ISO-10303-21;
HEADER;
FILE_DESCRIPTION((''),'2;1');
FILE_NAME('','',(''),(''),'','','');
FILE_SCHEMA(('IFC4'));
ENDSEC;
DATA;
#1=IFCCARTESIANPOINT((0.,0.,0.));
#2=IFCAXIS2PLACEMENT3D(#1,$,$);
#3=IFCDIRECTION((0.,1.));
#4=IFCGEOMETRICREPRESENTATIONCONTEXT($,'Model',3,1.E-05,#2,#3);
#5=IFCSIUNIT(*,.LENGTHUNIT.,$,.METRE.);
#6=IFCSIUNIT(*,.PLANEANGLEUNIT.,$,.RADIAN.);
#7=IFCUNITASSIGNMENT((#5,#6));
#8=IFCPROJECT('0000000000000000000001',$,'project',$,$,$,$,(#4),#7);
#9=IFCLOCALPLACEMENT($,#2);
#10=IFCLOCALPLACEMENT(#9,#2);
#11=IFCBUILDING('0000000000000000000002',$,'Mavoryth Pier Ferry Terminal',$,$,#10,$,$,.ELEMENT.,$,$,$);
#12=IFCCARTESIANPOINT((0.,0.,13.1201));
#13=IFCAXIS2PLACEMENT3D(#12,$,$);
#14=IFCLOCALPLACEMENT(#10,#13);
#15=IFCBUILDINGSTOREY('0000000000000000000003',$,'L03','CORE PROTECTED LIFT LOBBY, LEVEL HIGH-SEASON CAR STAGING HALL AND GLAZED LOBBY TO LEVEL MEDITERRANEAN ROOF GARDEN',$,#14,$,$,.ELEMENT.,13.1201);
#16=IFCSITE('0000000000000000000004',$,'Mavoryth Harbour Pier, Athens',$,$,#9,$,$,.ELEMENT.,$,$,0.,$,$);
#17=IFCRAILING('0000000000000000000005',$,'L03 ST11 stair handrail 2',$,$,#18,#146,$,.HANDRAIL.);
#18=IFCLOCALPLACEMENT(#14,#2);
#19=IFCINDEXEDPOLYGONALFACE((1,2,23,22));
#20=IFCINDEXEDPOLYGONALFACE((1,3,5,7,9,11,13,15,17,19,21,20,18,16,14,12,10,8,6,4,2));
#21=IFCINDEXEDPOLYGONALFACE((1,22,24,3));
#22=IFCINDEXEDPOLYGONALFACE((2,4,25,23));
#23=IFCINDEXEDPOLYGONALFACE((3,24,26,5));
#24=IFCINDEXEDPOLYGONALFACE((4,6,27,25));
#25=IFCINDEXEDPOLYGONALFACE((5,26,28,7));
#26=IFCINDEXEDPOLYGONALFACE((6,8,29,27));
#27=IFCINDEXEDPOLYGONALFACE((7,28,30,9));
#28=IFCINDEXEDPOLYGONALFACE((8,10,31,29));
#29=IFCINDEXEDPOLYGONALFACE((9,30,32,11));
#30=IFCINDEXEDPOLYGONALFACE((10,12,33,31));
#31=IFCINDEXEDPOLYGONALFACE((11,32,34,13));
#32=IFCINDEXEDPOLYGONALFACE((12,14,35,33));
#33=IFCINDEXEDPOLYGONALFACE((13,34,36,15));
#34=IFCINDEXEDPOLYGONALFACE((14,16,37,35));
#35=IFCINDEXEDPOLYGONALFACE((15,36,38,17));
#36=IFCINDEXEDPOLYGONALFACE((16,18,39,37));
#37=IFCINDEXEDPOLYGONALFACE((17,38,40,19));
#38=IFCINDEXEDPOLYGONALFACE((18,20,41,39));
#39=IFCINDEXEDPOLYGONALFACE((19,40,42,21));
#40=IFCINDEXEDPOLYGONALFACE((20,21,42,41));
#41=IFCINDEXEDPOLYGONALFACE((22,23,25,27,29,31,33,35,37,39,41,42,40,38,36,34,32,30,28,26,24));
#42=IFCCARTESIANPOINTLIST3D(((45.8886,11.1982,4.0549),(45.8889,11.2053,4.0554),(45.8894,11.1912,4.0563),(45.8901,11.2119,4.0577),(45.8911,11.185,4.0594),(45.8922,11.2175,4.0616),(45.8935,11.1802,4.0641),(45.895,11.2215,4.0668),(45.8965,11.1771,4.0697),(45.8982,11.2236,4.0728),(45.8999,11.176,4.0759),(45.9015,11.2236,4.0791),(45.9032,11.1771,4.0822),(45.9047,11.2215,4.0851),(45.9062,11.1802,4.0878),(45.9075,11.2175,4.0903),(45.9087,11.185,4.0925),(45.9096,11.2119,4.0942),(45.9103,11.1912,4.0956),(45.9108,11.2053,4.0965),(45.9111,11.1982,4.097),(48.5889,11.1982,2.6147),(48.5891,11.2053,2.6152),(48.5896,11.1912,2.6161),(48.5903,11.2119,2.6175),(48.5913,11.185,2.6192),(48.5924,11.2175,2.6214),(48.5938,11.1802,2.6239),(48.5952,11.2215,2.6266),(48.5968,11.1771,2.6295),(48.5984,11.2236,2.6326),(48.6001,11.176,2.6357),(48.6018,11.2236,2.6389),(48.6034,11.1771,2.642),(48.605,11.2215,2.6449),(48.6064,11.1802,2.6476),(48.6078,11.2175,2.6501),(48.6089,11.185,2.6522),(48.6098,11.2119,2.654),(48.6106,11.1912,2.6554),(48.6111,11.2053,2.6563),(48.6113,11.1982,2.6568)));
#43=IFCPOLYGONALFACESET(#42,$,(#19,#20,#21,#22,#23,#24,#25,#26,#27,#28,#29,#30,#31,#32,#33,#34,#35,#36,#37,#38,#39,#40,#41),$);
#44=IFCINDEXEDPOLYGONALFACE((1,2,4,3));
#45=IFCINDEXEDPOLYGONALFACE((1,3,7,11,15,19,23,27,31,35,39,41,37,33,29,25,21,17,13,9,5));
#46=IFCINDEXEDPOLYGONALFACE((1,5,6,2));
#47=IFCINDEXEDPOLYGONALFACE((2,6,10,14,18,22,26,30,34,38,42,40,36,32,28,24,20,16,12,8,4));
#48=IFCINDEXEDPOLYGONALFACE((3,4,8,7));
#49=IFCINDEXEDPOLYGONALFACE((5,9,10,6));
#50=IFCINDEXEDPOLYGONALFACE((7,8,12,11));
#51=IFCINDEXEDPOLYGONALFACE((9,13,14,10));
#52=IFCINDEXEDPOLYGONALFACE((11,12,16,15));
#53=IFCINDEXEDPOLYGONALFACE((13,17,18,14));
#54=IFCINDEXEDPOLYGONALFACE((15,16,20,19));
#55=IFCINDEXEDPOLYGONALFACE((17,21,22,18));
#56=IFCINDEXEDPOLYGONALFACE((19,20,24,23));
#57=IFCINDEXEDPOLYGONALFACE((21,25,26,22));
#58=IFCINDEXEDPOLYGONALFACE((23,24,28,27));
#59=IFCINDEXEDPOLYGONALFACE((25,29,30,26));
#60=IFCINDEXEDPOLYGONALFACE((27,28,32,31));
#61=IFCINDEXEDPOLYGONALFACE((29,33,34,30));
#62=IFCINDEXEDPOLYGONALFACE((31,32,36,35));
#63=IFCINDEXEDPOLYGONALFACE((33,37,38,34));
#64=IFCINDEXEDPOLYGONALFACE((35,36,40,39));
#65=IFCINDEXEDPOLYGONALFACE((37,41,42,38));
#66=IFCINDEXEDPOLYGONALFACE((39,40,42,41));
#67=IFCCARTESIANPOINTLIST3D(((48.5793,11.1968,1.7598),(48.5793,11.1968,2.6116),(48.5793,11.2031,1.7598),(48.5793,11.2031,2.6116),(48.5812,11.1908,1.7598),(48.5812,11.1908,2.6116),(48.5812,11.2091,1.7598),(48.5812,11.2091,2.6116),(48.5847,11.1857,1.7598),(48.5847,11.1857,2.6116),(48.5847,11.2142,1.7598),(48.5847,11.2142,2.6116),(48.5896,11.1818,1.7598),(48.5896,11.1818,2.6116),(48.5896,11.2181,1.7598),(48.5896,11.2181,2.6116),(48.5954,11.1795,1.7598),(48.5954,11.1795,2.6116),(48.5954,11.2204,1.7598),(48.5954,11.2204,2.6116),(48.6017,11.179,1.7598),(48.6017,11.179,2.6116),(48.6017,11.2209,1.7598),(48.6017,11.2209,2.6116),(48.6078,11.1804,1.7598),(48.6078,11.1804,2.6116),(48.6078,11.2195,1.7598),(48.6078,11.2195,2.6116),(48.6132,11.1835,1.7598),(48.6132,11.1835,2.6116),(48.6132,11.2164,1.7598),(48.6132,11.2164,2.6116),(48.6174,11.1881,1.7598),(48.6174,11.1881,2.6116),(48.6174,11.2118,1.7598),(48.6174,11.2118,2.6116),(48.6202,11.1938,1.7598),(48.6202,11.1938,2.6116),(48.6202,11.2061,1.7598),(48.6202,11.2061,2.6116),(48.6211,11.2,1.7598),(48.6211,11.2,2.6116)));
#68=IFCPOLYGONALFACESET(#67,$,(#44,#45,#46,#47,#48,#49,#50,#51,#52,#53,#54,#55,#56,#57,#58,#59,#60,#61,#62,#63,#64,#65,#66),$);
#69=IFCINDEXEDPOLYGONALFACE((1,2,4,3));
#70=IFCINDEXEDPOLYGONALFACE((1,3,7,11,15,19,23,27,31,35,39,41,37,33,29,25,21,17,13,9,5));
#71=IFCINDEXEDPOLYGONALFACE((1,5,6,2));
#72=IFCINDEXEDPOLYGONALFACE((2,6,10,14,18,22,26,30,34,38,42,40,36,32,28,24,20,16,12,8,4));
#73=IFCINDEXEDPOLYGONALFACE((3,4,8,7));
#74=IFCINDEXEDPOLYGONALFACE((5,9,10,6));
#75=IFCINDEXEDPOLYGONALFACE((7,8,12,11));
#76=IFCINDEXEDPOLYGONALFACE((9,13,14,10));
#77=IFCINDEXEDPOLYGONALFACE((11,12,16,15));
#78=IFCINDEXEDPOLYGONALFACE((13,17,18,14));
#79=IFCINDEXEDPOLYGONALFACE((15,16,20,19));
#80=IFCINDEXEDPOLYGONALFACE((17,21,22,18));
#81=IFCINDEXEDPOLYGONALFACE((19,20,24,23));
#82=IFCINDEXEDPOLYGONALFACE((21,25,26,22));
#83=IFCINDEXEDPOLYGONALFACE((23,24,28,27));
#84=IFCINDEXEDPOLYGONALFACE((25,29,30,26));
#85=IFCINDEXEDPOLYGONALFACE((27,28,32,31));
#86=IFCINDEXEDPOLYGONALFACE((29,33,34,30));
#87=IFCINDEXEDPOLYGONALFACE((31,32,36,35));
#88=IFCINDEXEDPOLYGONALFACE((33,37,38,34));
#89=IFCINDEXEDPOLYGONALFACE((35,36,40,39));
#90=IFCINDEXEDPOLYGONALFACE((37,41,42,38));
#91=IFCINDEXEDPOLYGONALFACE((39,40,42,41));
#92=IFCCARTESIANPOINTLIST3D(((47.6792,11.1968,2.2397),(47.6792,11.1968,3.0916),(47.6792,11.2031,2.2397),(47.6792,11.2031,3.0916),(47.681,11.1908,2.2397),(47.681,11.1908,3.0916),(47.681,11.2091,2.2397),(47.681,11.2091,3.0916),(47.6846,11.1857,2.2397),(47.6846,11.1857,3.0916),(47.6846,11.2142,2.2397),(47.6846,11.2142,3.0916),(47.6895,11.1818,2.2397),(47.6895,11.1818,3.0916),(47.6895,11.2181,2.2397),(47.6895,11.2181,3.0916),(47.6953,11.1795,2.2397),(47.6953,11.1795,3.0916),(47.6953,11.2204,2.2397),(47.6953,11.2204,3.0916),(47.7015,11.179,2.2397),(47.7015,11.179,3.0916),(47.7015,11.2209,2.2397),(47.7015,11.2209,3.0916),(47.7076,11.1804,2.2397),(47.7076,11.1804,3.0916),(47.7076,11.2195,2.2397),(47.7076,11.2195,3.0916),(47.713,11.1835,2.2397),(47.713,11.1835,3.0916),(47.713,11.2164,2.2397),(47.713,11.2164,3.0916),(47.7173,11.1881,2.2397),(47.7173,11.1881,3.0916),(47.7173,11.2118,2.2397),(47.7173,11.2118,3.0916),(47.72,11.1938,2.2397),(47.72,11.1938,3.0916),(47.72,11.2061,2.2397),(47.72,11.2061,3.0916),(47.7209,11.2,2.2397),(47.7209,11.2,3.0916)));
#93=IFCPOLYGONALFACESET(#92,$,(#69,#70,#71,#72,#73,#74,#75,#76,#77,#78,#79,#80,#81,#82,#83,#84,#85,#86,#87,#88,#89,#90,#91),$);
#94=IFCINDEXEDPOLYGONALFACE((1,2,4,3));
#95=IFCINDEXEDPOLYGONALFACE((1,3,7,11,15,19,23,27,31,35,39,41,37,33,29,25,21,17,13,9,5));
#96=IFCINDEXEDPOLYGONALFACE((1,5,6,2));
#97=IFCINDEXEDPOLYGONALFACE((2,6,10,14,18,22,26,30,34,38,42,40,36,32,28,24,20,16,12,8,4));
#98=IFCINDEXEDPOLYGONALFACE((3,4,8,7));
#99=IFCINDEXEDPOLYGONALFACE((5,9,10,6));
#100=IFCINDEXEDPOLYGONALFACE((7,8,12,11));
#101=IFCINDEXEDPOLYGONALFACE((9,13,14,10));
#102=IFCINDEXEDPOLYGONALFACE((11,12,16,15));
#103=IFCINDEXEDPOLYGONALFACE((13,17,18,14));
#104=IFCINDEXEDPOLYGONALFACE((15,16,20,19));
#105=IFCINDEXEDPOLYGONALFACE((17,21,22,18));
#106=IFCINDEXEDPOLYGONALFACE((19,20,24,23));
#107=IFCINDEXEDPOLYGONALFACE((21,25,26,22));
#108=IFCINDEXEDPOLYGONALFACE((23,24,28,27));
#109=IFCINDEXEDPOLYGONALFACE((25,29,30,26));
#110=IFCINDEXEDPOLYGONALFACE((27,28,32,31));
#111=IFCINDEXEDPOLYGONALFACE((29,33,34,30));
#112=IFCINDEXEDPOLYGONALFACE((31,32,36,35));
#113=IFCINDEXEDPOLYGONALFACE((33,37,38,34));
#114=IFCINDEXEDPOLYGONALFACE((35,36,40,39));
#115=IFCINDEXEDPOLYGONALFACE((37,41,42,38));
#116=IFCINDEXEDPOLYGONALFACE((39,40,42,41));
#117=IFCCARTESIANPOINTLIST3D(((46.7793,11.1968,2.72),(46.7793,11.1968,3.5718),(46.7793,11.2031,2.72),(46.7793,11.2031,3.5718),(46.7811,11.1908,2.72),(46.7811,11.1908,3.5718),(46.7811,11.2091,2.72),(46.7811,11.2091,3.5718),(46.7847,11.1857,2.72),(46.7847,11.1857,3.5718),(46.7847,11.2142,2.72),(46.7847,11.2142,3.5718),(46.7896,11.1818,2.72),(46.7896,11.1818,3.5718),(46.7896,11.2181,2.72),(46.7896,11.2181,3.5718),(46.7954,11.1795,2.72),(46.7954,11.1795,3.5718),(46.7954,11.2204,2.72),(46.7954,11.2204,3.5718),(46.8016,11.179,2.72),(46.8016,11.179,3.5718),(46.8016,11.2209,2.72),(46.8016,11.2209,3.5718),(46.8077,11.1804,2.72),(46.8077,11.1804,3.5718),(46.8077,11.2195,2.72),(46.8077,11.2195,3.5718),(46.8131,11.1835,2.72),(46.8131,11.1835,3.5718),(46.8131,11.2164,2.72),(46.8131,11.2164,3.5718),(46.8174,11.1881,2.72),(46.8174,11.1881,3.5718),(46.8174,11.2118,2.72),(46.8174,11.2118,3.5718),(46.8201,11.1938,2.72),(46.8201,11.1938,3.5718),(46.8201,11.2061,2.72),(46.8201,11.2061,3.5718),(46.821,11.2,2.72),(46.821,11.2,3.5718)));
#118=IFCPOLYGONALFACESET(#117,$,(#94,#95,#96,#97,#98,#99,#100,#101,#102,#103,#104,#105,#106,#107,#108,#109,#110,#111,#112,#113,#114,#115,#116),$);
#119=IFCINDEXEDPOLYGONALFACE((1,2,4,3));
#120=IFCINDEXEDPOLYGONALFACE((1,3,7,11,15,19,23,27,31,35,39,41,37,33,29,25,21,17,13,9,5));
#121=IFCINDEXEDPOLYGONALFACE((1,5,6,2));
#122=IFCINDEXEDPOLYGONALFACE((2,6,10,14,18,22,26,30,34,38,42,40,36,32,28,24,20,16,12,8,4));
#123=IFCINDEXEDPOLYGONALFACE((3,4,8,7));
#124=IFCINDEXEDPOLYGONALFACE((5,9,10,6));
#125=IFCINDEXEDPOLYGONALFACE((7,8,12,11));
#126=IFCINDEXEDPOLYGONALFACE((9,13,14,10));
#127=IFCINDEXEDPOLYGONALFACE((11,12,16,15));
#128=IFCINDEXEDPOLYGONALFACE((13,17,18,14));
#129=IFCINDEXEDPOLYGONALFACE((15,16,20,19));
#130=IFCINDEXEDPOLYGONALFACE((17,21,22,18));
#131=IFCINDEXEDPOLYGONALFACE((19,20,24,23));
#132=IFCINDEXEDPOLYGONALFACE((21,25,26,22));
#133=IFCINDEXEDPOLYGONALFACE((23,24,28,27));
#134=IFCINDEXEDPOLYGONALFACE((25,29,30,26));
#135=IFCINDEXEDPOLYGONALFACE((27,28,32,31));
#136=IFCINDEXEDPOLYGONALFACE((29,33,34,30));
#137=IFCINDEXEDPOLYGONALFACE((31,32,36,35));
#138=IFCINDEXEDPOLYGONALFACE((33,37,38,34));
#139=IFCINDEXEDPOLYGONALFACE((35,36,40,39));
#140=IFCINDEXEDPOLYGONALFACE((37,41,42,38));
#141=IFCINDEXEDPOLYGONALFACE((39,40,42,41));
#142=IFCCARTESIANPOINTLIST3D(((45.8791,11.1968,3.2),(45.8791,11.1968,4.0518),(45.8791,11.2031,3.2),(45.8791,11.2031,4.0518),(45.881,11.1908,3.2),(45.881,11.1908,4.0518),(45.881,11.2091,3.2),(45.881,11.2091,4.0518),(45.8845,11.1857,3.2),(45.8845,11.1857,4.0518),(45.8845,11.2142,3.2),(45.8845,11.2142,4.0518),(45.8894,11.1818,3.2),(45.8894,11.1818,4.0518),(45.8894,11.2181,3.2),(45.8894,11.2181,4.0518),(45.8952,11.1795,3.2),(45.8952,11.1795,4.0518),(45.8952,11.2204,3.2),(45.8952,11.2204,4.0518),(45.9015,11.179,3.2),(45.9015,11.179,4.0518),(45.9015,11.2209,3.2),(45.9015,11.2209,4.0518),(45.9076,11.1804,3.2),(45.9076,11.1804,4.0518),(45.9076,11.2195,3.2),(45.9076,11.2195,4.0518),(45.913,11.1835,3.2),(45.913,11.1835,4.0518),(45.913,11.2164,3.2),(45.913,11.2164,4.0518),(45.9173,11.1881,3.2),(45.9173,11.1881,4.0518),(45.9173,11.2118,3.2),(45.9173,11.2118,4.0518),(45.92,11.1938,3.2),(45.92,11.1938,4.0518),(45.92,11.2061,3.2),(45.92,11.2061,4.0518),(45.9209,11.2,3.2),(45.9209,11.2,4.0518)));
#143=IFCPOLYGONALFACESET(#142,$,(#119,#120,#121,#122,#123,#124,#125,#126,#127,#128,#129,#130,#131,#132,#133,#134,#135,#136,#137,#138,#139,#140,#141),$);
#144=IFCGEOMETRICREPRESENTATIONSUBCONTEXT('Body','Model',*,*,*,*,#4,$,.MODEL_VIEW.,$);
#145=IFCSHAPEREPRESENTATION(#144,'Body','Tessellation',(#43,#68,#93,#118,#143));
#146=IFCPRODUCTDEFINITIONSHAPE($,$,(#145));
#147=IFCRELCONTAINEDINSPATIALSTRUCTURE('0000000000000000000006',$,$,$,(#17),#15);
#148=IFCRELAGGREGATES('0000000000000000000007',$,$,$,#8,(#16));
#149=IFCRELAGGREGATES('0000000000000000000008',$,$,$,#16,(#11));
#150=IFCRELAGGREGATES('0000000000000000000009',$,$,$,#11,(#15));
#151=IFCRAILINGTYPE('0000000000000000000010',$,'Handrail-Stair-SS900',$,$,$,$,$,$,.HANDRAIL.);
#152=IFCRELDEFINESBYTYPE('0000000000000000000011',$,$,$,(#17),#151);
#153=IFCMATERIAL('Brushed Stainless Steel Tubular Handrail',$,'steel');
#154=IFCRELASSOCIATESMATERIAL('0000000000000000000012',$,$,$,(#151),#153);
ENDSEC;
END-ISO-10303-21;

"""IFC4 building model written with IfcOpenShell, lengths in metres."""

from ifc_helpers import new_model, si_unit, direction, frame, origin, origin_2d, place, context, subcontext, project, spatial, circle, extrude, material, type_object, element, save


model = new_model("IFC4")

# Units and contexts
model_context = context("Model", 3, precision=1e-05, world=origin(), true_north=direction((0.0, 1.0)))
body_context = subcontext(model_context, "Body", "Model", "MODEL_VIEW")
ifc_project = project(units=[si_unit("LENGTHUNIT", "METRE"), si_unit("PLANEANGLEUNIT", "RADIAN")], contexts=[model_context])

# Site, building, storey
site_placement = place(None, origin())
site = spatial("IfcSite", under=ifc_project, at=site_placement, Name="Mavoryth Harbour Pier, Athens", CompositionType="ELEMENT", RefElevation=0.0)
building_placement = place(site_placement, origin())
building = spatial("IfcBuilding", under=site, at=building_placement, Name="Mavoryth Pier Ferry Terminal", CompositionType="ELEMENT")
storey_placement = place(building_placement, frame((0.0, 0.0, 13.1201)))
storey = spatial("IfcBuildingStorey", under=building, at=storey_placement, Name="L03", Description="CORE PROTECTED LIFT LOBBY, LEVEL HIGH-SEASON CAR STAGING HALL AND GLAZED LOBBY TO LEVEL MEDITERRANEAN ROOF GARDEN", CompositionType="ELEMENT", Elevation=13.1201)

# Railing
ifc_material_1 = material(Name="Brushed Stainless Steel Tubular Handrail", Category="steel")
railing_type_1 = type_object("IfcRailingType", Name="Handrail-Stair-SS900", PredefinedType="HANDRAIL", material=ifc_material_1)
railing_1_placement = place(storey_placement, frame((48.6001, 11.2, 1.7598)))
element("IfcRailing", 1, at=railing_1_placement, inside=storey, type_object=railing_type_1, Name="L03 ST11 stair handrail 2", PredefinedType="HANDRAIL", context=body_context, shape_type="SweptSolid", body=[
    extrude(circle(Radius=0.0239, at=origin_2d()), frame((0.0, 0.0, 0.876), z_axis=(-0.882342, 0.0, 0.470609), x_axis=(0.0, -1.0, 0.0)), (0.0, 0.0, 1.0), 3.0603),
    extrude(circle(Radius=0.021, at=origin_2d()), origin(), (0.0, 0.0, 1.0), 0.8518),
    extrude(circle(Radius=0.021, at=origin_2d()), frame((-0.9001, 0.0, 0.48)), (0.0, 0.0, 1.0), 0.8518),
    extrude(circle(Radius=0.021, at=origin_2d()), frame((-1.8, 0.0, 0.9602)), (0.0, 0.0, 1.0), 0.8518),
    extrude(circle(Radius=0.021, at=origin_2d()), frame((-2.7002, 0.0, 1.4402)), (0.0, 0.0, 1.0), 0.8518),
])

save(model, "model.ifc")
